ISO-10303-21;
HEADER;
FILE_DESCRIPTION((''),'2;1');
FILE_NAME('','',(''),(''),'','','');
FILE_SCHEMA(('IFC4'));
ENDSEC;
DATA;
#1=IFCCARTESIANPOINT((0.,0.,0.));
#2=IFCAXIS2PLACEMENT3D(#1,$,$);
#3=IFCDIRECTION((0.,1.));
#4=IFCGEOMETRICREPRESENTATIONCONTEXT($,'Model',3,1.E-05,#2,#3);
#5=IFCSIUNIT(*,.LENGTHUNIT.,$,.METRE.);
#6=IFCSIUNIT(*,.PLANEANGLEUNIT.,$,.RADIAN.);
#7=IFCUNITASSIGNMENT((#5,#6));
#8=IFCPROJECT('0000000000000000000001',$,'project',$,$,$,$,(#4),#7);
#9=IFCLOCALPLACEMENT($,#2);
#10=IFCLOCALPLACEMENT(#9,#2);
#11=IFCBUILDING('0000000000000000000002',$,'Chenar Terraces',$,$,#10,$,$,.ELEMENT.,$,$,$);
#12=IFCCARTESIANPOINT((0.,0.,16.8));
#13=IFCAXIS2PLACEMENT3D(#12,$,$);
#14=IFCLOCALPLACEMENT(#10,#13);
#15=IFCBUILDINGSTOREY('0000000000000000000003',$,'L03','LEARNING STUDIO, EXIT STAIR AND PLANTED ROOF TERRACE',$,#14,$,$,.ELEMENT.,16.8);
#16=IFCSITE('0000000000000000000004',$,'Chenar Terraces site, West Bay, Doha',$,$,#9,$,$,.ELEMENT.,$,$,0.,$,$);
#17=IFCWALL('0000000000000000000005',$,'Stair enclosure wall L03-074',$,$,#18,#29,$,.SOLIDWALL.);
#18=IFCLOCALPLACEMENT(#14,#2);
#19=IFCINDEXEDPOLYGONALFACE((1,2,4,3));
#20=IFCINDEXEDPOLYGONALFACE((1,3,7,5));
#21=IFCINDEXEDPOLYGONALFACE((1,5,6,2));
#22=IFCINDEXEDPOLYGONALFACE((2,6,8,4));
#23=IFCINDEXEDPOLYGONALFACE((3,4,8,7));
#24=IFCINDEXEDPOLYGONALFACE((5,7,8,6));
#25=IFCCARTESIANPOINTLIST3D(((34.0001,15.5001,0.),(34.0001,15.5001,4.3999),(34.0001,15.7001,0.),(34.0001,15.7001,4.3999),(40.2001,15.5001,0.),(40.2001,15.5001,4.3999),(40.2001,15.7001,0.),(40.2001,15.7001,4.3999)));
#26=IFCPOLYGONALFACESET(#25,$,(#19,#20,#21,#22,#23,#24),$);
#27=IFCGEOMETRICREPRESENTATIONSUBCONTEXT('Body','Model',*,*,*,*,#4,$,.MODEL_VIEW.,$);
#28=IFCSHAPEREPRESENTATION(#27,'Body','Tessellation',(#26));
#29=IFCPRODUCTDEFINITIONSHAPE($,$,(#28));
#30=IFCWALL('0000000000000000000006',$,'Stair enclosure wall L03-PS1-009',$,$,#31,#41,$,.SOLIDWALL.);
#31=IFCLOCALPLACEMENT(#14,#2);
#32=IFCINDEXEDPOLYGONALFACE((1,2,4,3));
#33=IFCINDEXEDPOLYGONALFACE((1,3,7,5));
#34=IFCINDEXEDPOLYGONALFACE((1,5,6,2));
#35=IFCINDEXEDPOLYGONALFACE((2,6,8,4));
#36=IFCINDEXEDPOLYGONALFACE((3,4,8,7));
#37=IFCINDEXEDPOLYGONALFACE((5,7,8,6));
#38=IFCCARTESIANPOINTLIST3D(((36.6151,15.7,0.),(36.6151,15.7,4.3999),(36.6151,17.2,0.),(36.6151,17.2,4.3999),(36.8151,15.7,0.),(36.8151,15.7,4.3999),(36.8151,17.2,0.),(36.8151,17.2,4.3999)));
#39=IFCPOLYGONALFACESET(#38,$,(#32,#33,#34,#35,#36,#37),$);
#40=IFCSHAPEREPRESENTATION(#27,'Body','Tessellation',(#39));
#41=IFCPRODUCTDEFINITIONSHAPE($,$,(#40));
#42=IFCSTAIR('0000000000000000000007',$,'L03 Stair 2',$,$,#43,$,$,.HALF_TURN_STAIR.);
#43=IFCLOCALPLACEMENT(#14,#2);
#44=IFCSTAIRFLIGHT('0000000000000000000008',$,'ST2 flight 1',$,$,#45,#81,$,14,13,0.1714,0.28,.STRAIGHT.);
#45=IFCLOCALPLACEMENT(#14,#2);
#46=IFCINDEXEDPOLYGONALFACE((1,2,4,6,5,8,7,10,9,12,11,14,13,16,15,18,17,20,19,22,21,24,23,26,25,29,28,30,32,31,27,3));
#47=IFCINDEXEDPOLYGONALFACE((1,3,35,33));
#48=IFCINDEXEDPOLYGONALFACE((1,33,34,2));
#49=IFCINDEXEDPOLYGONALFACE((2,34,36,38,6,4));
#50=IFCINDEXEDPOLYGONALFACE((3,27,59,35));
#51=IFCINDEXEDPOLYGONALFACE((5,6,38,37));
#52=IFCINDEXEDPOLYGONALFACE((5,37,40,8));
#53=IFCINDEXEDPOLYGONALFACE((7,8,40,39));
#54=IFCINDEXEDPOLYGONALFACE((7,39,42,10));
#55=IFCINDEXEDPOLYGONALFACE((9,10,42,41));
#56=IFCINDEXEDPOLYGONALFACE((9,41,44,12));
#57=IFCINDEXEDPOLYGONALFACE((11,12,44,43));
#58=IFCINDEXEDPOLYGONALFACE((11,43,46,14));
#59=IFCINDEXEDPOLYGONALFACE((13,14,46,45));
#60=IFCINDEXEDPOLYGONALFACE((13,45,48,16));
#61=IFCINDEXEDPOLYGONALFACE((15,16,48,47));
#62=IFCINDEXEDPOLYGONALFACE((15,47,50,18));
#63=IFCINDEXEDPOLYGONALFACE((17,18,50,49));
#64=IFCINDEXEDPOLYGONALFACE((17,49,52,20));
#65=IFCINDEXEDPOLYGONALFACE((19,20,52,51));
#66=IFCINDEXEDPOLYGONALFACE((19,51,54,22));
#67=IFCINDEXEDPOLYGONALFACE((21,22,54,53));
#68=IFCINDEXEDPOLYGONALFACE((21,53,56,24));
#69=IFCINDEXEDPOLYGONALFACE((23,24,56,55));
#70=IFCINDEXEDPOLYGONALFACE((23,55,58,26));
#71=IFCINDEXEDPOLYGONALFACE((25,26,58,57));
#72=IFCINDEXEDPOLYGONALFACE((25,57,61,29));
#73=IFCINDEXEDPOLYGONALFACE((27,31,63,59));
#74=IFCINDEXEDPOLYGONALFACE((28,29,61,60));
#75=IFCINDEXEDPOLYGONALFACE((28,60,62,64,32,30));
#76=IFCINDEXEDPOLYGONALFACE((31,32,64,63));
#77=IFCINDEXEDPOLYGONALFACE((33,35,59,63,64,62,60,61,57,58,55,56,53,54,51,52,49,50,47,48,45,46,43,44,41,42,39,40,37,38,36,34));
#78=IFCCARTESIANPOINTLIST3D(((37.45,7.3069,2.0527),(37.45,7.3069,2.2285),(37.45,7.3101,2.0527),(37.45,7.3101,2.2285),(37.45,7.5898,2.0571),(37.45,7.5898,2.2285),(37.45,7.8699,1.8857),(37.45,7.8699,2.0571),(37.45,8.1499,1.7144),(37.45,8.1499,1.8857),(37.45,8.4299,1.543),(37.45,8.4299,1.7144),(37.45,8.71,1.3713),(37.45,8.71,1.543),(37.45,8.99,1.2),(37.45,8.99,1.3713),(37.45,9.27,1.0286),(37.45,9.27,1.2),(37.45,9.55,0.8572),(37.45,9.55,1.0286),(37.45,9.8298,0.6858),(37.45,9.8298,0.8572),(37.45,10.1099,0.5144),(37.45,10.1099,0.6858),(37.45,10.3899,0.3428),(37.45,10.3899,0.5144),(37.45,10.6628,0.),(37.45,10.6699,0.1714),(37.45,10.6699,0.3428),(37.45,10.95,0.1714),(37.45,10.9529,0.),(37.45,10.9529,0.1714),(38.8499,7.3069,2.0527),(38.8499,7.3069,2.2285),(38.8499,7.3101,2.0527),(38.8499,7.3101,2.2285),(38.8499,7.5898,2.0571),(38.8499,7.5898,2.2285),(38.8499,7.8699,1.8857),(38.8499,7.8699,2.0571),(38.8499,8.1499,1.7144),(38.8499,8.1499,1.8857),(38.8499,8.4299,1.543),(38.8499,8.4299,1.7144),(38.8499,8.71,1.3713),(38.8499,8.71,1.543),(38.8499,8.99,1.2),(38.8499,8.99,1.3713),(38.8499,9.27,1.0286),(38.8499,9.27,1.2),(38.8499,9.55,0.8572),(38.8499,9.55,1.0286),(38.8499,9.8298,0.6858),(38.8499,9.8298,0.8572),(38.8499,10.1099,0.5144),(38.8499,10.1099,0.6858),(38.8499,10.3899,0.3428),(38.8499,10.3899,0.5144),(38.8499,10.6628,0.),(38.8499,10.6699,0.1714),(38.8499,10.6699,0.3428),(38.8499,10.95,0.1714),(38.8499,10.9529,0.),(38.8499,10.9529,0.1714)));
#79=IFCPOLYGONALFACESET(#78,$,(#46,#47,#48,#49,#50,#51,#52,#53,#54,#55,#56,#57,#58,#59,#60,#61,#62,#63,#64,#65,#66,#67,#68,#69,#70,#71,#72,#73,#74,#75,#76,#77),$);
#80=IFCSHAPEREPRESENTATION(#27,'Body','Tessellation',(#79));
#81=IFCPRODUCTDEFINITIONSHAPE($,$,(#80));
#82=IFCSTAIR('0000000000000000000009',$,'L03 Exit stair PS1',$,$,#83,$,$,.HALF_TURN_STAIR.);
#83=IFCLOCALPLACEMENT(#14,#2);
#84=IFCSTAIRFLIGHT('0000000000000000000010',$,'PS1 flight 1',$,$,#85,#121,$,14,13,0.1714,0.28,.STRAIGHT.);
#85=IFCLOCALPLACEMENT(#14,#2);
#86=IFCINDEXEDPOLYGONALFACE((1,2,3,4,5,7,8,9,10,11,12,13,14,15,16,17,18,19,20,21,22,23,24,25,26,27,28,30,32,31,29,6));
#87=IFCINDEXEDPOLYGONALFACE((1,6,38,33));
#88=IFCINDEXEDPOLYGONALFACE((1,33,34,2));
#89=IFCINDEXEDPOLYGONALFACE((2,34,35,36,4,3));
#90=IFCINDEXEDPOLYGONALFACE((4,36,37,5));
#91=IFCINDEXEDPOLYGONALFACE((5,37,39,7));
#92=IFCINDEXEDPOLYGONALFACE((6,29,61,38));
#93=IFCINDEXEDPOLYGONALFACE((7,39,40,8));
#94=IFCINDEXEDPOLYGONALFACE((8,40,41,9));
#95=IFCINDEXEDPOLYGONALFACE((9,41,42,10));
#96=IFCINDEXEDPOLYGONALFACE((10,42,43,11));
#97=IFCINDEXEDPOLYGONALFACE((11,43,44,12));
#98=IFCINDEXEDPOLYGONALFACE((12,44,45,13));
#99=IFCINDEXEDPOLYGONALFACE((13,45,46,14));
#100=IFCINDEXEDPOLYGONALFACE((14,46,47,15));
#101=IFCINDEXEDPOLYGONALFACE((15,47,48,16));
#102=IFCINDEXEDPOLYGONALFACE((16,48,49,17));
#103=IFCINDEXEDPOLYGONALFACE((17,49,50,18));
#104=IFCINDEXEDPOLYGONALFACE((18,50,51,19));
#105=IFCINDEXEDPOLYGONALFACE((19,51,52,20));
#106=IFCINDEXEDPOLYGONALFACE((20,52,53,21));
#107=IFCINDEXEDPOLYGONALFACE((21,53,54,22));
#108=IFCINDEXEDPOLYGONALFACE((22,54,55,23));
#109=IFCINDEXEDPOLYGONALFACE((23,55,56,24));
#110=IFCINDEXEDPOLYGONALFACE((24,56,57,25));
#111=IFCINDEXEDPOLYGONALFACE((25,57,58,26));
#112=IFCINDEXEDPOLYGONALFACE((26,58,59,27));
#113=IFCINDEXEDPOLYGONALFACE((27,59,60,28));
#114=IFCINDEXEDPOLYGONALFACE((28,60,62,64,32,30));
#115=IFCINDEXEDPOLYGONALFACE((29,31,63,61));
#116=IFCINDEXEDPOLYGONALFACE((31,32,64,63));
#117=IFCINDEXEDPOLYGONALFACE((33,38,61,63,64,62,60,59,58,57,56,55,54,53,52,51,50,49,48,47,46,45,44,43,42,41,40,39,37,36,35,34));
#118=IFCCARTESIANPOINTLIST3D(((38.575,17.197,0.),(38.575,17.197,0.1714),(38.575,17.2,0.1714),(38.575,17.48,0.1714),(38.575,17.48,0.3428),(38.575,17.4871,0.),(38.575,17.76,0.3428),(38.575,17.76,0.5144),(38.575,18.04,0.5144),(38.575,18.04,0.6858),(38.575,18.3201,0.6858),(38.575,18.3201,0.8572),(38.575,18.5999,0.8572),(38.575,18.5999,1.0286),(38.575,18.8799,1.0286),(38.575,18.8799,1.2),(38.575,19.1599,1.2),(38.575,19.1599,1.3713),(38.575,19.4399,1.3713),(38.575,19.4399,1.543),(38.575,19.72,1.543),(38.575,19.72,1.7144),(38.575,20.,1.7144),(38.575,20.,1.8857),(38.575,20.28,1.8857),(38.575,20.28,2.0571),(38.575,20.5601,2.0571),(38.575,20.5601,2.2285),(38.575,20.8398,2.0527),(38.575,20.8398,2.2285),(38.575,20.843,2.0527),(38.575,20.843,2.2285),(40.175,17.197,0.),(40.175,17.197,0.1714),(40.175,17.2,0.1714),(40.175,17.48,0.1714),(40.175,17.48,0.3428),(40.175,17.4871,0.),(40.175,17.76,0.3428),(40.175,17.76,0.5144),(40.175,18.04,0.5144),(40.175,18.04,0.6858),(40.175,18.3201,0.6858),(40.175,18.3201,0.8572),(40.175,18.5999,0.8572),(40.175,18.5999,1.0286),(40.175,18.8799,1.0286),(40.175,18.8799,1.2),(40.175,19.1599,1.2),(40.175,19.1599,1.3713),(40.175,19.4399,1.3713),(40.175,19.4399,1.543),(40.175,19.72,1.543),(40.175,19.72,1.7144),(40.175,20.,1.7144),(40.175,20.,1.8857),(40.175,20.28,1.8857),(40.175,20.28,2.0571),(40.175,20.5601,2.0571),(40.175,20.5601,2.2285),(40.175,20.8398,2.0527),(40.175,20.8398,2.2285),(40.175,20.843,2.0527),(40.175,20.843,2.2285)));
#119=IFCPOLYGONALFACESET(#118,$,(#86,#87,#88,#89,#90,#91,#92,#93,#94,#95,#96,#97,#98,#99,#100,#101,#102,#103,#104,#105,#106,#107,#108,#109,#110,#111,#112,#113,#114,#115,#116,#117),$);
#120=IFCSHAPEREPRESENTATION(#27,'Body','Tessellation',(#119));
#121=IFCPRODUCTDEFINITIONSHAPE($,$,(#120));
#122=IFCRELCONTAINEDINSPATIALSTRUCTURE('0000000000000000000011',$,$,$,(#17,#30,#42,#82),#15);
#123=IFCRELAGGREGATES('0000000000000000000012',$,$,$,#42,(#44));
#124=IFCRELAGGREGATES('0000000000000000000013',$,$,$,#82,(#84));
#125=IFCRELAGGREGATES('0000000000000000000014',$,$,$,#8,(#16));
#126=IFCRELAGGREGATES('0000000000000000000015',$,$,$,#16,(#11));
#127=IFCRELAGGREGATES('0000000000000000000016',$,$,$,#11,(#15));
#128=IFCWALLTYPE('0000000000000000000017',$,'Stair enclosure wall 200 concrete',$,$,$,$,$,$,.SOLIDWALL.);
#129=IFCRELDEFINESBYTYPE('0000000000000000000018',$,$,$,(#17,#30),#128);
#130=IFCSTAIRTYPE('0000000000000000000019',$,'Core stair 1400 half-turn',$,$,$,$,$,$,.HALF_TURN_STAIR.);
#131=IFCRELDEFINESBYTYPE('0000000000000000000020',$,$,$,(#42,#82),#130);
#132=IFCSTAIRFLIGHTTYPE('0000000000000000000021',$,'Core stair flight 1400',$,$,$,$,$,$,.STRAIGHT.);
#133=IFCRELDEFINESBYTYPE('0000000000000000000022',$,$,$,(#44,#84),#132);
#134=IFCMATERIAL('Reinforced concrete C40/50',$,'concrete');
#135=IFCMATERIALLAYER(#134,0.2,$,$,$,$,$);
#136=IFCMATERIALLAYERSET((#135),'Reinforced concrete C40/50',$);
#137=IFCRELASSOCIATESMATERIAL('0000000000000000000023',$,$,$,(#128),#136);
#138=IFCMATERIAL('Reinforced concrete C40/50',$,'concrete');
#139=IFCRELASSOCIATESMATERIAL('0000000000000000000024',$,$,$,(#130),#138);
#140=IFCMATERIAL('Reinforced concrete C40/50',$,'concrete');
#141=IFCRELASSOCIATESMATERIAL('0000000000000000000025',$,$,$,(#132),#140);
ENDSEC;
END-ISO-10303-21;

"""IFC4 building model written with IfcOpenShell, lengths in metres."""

from ifc_helpers import new_model, si_unit, direction, frame, frame_2d, origin, place, context, subcontext, project, spatial, polyline, rectangle, outline, extrude, material, layer, layer_set, type_object, element, aggregate, save


model = new_model("IFC4")

# Units and contexts
model_context = context("Model", 3, precision=1e-05, world=origin(), true_north=direction((0.0, 1.0)))
body_context = subcontext(model_context, "Body", "Model", "MODEL_VIEW")
ifc_project = project(units=[si_unit("LENGTHUNIT", "METRE"), si_unit("PLANEANGLEUNIT", "RADIAN")], contexts=[model_context])

# Site, building, storey
site_placement = place(None, origin())
site = spatial("IfcSite", under=ifc_project, at=site_placement, Name="Chenar Terraces site, West Bay, Doha", CompositionType="ELEMENT", RefElevation=0.0)
building_placement = place(site_placement, origin())
building = spatial("IfcBuilding", under=site, at=building_placement, Name="Chenar Terraces", CompositionType="ELEMENT")
storey_placement = place(building_placement, frame((0.0, 0.0, 16.8)))
storey = spatial("IfcBuildingStorey", under=building, at=storey_placement, Name="L03", Description="LEARNING STUDIO, EXIT STAIR AND PLANTED ROOF TERRACE", CompositionType="ELEMENT", Elevation=16.8)

# Walls
ifc_material_1 = material(Name="Reinforced concrete C40/50", Category="concrete")
ifc_layer_1 = layer(ifc_material_1, 0.2)
ifc_layer_set_1 = layer_set([ifc_layer_1], Name="Reinforced concrete C40/50")
wall_type_1 = type_object("IfcWallType", Name="Stair enclosure wall 200 concrete", PredefinedType="SOLIDWALL", material=ifc_layer_set_1)
wall_1_placement = place(storey_placement, frame((34.0, 15.6001, 0.0), z_axis=(0.0, 0.0, 1.0), x_axis=(1.0, 0.0, 0.0)))
element("IfcWall", 1, at=wall_1_placement, inside=storey, type_object=wall_type_1, Name="Stair enclosure wall L03-074", PredefinedType="SOLIDWALL", context=body_context, shape_type="SweptSolid", body=[
    extrude(rectangle(XDim=6.2, YDim=0.2, at=frame_2d((3.1001, 0.0))), origin(), (0.0, 0.0, 1.0), 4.3999),
])
wall_2_placement = place(storey_placement, frame((36.7151, 15.7, 0.0), z_axis=(0.0, 0.0, 1.0), x_axis=(0.0, 1.0, 0.0)))
element("IfcWall", 2, at=wall_2_placement, inside=storey, type_object=wall_type_1, Name="Stair enclosure wall L03-PS1-009", PredefinedType="SOLIDWALL", context=body_context, shape_type="SweptSolid", body=[
    extrude(rectangle(XDim=1.5, YDim=0.2, at=frame_2d((0.75, 0.0))), origin(), (0.0, 0.0, 1.0), 4.3999),
])

# Stairs, stair flights
ifc_material_2 = material(Name="Reinforced concrete C40/50", Category="concrete")
stair_type = type_object("IfcStairType", Name="Core stair 1400 half-turn", PredefinedType="HALF_TURN_STAIR", material=ifc_material_2)
placement = place(storey_placement, origin())
stair_1 = element("IfcStair", 3, at=placement, inside=storey, type_object=stair_type, Name="L03 Stair 2", PredefinedType="HALF_TURN_STAIR")
ifc_material_3 = material(Name="Reinforced concrete C40/50", Category="concrete")
stair_flight_type = type_object("IfcStairFlightType", Name="Core stair flight 1400", PredefinedType="STRAIGHT", material=ifc_material_3)
stair_flight_1_placement = place(storey_placement, frame((38.1499, 10.95, 0.0), z_axis=(0.0, 0.0, 1.0), x_axis=(0.0, -1.0, 0.0)))
stair_flight_1 = element("IfcStairFlight", 4, at=stair_flight_1_placement, type_object=stair_flight_type, Name="ST2 flight 1", NumberOfRisers=14, NumberOfTreads=13, PredefinedType="STRAIGHT", RiserHeight=0.1714, TreadLength=0.28, context=body_context, shape_type="SweptSolid", body=[
    extrude(outline(polyline([(-0.0029, 0.0), (-0.0029, 0.1714), (0.0, 0.1714), (0.28, 0.1714), (0.28, 0.3428), (0.5601, 0.3428), (0.5601, 0.5144), (0.8401, 0.5144), (0.8401, 0.6858), (1.1201, 0.6858), (1.1201, 0.8572), (1.3999, 0.8572), (1.3999, 1.0286), (1.6799, 1.0286), (1.6799, 1.2), (1.96, 1.2), (1.96, 1.3713), (2.24, 1.3713), (2.24, 1.543), (2.52, 1.543), (2.52, 1.7144), (2.8, 1.7144), (2.8, 1.8857), (3.0801, 1.8857), (3.0801, 2.0571), (3.3601, 2.0571), (3.3601, 2.2285), (3.6399, 2.2285), (3.6431, 2.2285), (3.6431, 2.0527), (3.6399, 2.0527), (0.2871, 0.0), (-0.0029, 0.0)])), frame((0.0, 0.7, 0.0), z_axis=(0.0, -1.0, 0.0), x_axis=(1.0, 0.0, 0.0)), (0.0, 0.0, 1.0), 1.3999),
])
aggregate(stair_1, [stair_flight_1])
stair_2 = element("IfcStair", 5, at=placement, inside=storey, type_object=stair_type, Name="L03 Exit stair PS1", PredefinedType="HALF_TURN_STAIR")
stair_flight_2_placement = place(storey_placement, frame((39.375, 17.2, 0.0), z_axis=(0.0, 0.0, 1.0), x_axis=(0.0, 1.0, 0.0)))
stair_flight_2 = element("IfcStairFlight", 6, at=stair_flight_2_placement, type_object=stair_flight_type, Name="PS1 flight 1", NumberOfRisers=14, NumberOfTreads=13, PredefinedType="STRAIGHT", RiserHeight=0.1714, TreadLength=0.28, context=body_context, shape_type="SweptSolid", body=[
    extrude(outline(polyline([(-0.0029, 0.0), (-0.0029, 0.1714), (0.0, 0.1714), (0.28, 0.1714), (0.28, 0.3428), (0.5601, 0.3428), (0.5601, 0.5144), (0.8401, 0.5144), (0.8401, 0.6858), (1.1201, 0.6858), (1.1201, 0.8572), (1.3999, 0.8572), (1.3999, 1.0286), (1.6799, 1.0286), (1.6799, 1.2), (1.96, 1.2), (1.96, 1.3713), (2.24, 1.3713), (2.24, 1.543), (2.52, 1.543), (2.52, 1.7144), (2.8, 1.7144), (2.8, 1.8857), (3.0801, 1.8857), (3.0801, 2.0571), (3.3601, 2.0571), (3.3601, 2.2285), (3.6399, 2.2285), (3.6431, 2.2285), (3.6431, 2.0527), (3.6399, 2.0527), (0.2871, 0.0), (-0.0029, 0.0)])), frame((0.0, 0.8, 0.0), z_axis=(0.0, -1.0, 0.0), x_axis=(1.0, 0.0, 0.0)), (0.0, 0.0, 1.0), 1.6001),
])
aggregate(stair_2, [stair_flight_2])

save(model, "model.ifc")
